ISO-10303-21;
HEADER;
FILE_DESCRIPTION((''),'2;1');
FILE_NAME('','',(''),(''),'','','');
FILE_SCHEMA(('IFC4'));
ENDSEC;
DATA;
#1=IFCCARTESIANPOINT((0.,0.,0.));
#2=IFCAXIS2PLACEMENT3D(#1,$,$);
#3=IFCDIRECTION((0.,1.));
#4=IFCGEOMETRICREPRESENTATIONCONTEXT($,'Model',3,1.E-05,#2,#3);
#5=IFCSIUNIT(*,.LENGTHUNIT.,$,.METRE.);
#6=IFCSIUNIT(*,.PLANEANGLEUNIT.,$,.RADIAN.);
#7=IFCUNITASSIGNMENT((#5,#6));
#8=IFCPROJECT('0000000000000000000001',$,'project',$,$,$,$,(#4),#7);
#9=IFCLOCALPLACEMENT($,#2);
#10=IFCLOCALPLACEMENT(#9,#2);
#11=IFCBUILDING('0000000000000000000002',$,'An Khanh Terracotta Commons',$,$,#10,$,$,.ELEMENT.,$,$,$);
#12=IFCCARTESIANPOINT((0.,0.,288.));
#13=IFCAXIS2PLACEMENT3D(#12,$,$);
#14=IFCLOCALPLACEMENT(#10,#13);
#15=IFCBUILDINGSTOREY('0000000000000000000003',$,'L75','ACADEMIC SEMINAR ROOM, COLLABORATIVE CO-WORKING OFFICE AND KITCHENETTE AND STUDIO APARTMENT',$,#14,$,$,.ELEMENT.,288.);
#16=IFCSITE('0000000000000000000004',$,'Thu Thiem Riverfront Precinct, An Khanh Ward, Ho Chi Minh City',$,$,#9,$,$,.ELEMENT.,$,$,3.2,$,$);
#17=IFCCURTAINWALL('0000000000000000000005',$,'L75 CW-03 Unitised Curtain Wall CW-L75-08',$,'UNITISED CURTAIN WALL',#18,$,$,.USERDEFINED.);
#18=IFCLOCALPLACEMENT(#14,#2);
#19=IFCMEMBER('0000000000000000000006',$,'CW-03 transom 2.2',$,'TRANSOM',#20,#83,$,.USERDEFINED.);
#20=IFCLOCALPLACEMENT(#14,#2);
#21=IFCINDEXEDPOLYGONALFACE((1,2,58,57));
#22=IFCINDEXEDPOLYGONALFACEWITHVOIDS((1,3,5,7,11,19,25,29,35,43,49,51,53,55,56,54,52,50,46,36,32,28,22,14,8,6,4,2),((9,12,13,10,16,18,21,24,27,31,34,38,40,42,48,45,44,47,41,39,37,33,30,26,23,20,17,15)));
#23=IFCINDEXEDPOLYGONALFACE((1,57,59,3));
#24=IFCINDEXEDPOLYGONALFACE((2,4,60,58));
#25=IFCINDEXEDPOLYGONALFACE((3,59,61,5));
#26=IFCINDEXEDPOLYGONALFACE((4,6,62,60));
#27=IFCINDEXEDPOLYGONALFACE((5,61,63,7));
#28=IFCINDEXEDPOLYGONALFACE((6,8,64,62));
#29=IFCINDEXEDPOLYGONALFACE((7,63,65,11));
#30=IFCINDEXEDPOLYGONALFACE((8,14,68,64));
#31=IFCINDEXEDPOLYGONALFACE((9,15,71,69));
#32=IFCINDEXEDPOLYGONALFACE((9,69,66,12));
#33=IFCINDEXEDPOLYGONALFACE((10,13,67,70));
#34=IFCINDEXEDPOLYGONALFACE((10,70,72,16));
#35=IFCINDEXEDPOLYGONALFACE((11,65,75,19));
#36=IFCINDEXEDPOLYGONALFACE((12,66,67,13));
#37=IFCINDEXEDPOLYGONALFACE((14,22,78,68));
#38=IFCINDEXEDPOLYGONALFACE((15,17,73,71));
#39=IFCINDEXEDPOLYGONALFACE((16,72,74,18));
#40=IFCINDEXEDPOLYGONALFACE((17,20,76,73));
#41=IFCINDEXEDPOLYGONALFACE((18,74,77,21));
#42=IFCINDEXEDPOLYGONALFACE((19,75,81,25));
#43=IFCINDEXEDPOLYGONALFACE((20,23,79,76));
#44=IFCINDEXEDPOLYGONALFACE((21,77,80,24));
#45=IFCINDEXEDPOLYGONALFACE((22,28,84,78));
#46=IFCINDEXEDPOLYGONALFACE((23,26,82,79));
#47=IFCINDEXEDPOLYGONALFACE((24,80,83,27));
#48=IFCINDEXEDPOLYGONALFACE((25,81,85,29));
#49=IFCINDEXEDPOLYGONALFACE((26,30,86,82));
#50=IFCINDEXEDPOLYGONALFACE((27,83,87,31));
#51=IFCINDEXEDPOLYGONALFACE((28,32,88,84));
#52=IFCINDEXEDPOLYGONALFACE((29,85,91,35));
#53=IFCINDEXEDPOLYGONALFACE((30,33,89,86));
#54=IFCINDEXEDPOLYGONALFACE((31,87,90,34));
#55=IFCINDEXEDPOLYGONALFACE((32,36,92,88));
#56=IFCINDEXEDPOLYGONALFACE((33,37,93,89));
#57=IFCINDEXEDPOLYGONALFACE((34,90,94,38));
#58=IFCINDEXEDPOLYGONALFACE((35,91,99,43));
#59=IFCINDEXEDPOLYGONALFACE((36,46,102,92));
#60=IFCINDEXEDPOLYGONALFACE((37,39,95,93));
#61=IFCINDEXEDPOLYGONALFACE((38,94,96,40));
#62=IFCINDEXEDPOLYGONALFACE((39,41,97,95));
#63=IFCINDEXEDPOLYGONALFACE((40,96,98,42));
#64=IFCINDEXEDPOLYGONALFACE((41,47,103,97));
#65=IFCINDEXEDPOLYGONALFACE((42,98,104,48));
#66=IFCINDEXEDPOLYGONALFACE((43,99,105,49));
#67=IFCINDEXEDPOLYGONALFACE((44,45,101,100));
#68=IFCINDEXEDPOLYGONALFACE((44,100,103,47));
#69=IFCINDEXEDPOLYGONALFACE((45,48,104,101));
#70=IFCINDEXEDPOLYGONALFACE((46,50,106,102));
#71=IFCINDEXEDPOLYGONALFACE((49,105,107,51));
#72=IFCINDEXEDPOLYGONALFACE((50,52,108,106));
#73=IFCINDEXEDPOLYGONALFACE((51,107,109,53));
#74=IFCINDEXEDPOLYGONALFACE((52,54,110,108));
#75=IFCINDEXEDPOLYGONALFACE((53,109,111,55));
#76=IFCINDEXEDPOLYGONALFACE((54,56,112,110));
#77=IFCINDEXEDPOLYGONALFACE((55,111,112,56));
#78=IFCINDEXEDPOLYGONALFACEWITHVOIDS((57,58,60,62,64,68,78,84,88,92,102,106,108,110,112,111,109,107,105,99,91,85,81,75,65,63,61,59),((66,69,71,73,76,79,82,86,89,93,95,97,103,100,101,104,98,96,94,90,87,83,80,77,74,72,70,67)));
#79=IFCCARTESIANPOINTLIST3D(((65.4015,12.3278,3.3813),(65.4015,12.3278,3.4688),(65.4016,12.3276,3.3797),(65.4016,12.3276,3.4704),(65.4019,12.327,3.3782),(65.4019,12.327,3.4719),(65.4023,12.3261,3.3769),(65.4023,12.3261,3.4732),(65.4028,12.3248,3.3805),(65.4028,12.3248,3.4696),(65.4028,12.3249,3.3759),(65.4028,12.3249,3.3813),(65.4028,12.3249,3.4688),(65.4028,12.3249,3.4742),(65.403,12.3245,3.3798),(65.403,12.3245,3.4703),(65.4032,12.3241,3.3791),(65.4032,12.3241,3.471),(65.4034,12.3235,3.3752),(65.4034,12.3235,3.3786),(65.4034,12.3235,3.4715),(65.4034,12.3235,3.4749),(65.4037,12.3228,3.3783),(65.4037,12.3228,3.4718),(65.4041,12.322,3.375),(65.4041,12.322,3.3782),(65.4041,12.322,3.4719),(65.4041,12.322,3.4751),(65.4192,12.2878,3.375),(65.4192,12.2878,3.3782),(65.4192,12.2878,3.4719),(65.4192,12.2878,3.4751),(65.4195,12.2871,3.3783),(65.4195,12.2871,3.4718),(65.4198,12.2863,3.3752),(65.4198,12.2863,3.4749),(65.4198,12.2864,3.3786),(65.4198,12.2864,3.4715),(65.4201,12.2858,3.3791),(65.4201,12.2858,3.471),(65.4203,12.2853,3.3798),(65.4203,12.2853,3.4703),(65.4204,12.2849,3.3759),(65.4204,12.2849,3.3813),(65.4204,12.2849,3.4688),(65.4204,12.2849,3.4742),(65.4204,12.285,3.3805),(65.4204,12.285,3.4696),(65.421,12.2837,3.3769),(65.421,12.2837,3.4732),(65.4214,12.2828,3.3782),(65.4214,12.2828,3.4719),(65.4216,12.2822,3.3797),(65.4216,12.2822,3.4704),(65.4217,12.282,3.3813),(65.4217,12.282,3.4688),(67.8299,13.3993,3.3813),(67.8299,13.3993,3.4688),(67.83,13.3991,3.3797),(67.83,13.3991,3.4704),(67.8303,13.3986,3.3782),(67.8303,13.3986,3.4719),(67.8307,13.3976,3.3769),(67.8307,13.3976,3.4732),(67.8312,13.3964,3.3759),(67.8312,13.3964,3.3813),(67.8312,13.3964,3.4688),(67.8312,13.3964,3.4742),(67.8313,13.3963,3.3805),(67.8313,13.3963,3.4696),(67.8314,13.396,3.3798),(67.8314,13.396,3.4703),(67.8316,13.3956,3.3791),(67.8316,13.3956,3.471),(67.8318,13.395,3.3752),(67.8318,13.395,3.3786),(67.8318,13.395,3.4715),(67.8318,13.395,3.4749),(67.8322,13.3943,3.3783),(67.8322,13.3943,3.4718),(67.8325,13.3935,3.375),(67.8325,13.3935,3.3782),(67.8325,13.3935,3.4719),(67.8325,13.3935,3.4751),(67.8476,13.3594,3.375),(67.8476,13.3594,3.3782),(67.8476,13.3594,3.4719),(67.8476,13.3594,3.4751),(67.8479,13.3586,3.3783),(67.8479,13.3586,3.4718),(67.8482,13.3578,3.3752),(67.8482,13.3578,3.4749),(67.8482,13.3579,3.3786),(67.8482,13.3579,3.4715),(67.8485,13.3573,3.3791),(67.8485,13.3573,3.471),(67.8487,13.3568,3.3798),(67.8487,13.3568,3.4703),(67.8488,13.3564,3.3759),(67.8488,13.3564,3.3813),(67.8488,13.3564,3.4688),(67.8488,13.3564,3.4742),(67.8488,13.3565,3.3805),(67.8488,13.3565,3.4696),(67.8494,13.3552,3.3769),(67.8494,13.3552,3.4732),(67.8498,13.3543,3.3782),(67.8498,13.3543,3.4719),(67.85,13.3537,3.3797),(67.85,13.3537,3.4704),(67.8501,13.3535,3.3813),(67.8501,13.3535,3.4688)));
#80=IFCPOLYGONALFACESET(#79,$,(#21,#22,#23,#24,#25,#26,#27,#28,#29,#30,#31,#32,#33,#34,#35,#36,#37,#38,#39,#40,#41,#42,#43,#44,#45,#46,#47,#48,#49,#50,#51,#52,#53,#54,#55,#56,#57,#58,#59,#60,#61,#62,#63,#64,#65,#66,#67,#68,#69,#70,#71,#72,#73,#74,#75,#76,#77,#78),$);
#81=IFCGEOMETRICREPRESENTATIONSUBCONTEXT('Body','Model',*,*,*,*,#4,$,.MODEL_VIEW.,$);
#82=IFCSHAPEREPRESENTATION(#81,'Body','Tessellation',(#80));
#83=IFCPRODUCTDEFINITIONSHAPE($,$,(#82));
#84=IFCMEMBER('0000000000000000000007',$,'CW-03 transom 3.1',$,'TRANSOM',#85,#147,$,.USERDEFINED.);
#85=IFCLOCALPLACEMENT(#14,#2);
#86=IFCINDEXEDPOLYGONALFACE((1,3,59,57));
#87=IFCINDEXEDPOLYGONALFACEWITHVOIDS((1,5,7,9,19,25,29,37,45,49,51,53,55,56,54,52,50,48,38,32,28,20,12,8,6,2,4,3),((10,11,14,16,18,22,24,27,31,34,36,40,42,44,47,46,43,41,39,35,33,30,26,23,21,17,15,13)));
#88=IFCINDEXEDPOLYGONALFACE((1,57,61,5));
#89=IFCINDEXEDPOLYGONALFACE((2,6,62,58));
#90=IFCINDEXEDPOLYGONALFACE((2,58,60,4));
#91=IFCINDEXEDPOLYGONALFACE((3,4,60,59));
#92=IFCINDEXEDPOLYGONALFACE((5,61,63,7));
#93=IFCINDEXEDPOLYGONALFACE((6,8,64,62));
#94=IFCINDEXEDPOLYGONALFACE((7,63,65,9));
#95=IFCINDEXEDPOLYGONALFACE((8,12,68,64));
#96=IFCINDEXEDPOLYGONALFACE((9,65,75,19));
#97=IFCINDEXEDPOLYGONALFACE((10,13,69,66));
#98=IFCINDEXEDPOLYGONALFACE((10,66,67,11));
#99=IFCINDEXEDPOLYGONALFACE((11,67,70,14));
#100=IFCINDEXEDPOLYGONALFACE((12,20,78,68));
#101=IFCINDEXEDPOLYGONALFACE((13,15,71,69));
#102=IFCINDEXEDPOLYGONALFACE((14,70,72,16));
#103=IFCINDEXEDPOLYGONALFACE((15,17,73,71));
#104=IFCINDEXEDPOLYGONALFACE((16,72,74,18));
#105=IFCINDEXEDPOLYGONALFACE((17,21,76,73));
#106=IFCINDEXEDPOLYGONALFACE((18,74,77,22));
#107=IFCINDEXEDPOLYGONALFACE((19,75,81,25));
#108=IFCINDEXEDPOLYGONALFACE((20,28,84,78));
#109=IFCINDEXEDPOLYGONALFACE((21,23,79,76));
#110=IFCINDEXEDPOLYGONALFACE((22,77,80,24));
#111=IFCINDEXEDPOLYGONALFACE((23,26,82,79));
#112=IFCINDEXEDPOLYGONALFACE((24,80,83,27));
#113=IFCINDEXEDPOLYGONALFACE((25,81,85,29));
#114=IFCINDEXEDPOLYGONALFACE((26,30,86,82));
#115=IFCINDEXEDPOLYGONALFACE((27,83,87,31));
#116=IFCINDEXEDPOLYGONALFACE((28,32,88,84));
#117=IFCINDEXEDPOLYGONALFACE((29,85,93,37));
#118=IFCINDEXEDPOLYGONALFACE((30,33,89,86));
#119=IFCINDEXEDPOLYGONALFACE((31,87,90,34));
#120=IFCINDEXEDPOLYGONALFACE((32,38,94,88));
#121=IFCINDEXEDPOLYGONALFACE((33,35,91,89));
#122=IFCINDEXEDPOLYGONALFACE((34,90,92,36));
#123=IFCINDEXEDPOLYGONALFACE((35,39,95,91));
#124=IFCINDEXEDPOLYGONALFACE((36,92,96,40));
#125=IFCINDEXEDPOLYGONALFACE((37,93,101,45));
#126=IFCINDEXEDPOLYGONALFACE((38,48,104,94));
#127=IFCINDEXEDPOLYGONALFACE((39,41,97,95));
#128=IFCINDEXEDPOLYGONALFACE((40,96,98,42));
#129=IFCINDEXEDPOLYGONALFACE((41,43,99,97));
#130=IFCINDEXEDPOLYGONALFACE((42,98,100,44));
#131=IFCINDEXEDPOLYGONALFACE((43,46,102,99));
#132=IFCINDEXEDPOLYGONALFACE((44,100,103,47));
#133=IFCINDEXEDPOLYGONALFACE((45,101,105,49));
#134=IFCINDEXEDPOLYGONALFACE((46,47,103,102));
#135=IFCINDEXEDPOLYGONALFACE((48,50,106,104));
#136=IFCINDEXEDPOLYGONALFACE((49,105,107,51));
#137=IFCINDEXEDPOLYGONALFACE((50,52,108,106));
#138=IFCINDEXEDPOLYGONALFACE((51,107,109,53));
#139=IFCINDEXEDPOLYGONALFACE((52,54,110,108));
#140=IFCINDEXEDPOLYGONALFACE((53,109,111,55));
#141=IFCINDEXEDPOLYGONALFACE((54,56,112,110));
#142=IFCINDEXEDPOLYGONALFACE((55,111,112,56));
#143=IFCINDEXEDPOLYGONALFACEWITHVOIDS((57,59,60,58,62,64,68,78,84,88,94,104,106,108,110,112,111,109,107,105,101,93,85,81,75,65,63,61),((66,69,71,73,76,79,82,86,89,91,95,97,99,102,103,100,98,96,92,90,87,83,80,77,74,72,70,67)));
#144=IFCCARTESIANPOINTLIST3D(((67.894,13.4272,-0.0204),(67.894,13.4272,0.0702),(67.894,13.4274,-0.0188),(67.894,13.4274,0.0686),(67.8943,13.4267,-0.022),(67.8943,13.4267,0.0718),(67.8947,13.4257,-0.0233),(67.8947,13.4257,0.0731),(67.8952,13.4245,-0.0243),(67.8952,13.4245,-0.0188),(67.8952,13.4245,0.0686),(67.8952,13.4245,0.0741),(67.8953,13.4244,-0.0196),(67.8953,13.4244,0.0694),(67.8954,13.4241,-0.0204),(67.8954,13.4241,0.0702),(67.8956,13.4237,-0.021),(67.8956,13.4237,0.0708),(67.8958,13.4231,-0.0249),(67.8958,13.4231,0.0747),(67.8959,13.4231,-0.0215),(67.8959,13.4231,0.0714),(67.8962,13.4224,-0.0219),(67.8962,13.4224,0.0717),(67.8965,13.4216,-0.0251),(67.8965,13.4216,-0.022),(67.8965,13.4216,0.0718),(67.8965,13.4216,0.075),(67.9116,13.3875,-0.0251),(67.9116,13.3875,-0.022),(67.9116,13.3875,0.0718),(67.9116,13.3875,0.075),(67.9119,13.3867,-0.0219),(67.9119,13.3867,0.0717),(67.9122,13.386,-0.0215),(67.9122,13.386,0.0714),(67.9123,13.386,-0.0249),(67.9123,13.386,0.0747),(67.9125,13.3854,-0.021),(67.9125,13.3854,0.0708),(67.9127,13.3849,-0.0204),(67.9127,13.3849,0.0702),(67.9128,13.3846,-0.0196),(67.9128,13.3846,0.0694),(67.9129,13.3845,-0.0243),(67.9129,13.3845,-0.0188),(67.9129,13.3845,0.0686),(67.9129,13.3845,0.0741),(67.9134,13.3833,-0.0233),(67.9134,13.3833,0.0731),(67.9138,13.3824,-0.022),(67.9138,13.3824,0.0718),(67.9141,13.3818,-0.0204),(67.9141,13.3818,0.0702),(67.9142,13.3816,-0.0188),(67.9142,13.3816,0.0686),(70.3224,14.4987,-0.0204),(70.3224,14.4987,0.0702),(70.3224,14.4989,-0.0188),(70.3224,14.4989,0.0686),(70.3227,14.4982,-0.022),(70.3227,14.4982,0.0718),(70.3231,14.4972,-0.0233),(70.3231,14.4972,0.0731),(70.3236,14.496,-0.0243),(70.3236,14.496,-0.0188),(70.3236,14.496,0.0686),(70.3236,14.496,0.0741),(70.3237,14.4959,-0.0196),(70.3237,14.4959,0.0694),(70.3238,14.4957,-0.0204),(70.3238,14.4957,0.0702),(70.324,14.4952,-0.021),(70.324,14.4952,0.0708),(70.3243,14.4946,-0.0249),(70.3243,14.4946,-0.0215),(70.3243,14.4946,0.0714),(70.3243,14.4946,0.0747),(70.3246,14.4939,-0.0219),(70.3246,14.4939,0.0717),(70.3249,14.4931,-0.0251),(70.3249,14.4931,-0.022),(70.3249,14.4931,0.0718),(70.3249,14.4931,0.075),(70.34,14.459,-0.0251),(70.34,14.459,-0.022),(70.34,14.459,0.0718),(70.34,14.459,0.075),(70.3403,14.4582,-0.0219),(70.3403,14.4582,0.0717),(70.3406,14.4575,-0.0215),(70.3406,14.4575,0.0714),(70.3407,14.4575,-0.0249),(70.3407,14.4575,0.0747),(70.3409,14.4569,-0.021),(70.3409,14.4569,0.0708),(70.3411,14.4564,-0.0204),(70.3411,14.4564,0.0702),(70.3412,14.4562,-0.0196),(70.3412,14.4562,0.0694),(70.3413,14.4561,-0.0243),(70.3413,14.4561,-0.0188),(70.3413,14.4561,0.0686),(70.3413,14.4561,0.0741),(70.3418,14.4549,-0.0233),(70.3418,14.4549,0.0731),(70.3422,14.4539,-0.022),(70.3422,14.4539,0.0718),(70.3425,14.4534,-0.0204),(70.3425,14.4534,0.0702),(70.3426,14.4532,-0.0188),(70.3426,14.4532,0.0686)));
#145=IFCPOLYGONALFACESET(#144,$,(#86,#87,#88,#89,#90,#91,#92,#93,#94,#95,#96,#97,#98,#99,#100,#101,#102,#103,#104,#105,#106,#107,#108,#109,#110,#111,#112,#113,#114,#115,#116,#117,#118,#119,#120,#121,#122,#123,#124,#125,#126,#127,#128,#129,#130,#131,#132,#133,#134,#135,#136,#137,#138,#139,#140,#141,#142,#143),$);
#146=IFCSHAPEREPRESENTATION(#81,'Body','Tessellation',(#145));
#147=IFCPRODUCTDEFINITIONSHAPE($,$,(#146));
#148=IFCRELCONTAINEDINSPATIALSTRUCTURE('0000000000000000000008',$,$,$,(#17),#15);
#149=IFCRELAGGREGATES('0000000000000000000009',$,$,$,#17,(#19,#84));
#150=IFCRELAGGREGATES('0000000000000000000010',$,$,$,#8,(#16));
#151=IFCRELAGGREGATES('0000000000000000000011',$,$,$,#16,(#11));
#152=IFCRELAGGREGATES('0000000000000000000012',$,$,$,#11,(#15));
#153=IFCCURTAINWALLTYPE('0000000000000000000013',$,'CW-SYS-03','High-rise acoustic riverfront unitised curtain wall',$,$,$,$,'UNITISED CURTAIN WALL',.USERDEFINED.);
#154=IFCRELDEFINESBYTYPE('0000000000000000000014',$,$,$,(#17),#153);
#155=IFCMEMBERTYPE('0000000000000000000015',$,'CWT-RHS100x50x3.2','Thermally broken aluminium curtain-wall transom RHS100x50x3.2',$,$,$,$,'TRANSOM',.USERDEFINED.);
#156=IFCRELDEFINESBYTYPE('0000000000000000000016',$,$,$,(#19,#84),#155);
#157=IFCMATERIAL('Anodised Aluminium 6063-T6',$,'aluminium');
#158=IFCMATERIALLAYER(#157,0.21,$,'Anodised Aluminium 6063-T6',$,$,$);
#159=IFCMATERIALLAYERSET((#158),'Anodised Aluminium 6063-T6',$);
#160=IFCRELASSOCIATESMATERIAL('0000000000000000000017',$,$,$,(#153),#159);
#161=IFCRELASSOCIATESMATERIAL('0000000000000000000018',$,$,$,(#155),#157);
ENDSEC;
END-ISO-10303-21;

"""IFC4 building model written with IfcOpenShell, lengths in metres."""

from ifc_helpers import new_model, si_unit, direction, frame, origin, origin_2d, place, context, subcontext, project, spatial, hollow_rectangle, extrude, material, layer, layer_set, material_profile, profile_set, type_object, element, aggregate, save


model = new_model("IFC4")

# Units and contexts
model_context = context("Model", 3, precision=1e-05, world=origin(), true_north=direction((0.0, 1.0)))
body_context = subcontext(model_context, "Body", "Model", "MODEL_VIEW")
ifc_project = project(units=[si_unit("LENGTHUNIT", "METRE"), si_unit("PLANEANGLEUNIT", "RADIAN")], contexts=[model_context])

# Site, building, storey
site_placement = place(None, origin())
site = spatial("IfcSite", under=ifc_project, at=site_placement, Name="Thu Thiem Riverfront Precinct, An Khanh Ward, Ho Chi Minh City", CompositionType="ELEMENT", RefElevation=3.2)
building_placement = place(site_placement, origin())
building = spatial("IfcBuilding", under=site, at=building_placement, Name="An Khanh Terracotta Commons", CompositionType="ELEMENT")
storey_placement = place(building_placement, frame((0.0, 0.0, 288.0)))
storey = spatial("IfcBuildingStorey", under=building, at=storey_placement, Name="L75", Description="ACADEMIC SEMINAR ROOM, COLLABORATIVE CO-WORKING OFFICE AND KITCHENETTE AND STUDIO APARTMENT", CompositionType="ELEMENT", Elevation=288.0)

# Curtain wall, members
ifc_material_1 = material(Name="Anodised Aluminium 6063-T6", Category="aluminium")
ifc_layer_1 = layer(ifc_material_1, 0.21, Name="Anodised Aluminium 6063-T6")
ifc_layer_set_1 = layer_set([ifc_layer_1], Name="Anodised Aluminium 6063-T6")
curtain_wall_type = type_object("IfcCurtainWallType", Name="CW-SYS-03", Description="High-rise acoustic riverfront unitised curtain wall", ElementType="UNITISED CURTAIN WALL", PredefinedType="USERDEFINED", material=ifc_layer_set_1)
curtain_wall_placement = place(storey_placement, origin())
curtain_wall = element("IfcCurtainWall", 1, at=curtain_wall_placement, inside=storey, type_object=curtain_wall_type, Name="L75 CW-03 Unitised Curtain Wall CW-L75-08", ObjectType="UNITISED CURTAIN WALL", PredefinedType="USERDEFINED")
ifc_material_profile_1 = material_profile(ifc_material_1, hollow_rectangle(XDim=0.05, YDim=0.1001, WallThickness=0.0032, InnerFilletRadius=0.0032, OuterFilletRadius=0.0063, at=origin_2d()), Name="RHS100x50x3.2")
ifc_profile_set_1 = profile_set([ifc_material_profile_1], Name="Anodised Aluminium 6063-T6")
member_type_1 = type_object("IfcMemberType", Name="CWT-RHS100x50x3.2", Description="Thermally broken aluminium curtain-wall transom RHS100x50x3.2", ElementType="TRANSOM", PredefinedType="USERDEFINED", material=ifc_profile_set_1)
member_1_placement = place(storey_placement, frame((65.4116, 12.3049, 3.425), z_axis=(0.914897, 0.403688, 0.0), x_axis=(-0.403688, 0.914897, 0.0)))
member_1 = element("IfcMember", 2, at=member_1_placement, type_object=member_type_1, Name="CW-03 transom 2.2", ObjectType="TRANSOM", PredefinedType="USERDEFINED", context=body_context, shape_type="SweptSolid", body=[
    extrude(hollow_rectangle(XDim=0.05, YDim=0.1001, WallThickness=0.0032, InnerFilletRadius=0.0032, OuterFilletRadius=0.0063, at=origin_2d()), origin(), (0.0, 0.0, 1.0), 2.6543),
])
member_2_placement = place(storey_placement, frame((67.9041, 13.4045, 0.0249), z_axis=(0.914897, 0.403688, 0.0), x_axis=(-0.403688, 0.914897, 0.0)))
member_2 = element("IfcMember", 3, at=member_2_placement, type_object=member_type_1, Name="CW-03 transom 3.1", ObjectType="TRANSOM", PredefinedType="USERDEFINED", context=body_context, shape_type="SweptSolid", body=[
    extrude(hollow_rectangle(XDim=0.05, YDim=0.1001, WallThickness=0.0032, InnerFilletRadius=0.0032, OuterFilletRadius=0.0063, at=origin_2d()), origin(), (0.0, 0.0, 1.0), 2.6543),
])
aggregate(curtain_wall, [member_1, member_2])

save(model, "model.ifc")
